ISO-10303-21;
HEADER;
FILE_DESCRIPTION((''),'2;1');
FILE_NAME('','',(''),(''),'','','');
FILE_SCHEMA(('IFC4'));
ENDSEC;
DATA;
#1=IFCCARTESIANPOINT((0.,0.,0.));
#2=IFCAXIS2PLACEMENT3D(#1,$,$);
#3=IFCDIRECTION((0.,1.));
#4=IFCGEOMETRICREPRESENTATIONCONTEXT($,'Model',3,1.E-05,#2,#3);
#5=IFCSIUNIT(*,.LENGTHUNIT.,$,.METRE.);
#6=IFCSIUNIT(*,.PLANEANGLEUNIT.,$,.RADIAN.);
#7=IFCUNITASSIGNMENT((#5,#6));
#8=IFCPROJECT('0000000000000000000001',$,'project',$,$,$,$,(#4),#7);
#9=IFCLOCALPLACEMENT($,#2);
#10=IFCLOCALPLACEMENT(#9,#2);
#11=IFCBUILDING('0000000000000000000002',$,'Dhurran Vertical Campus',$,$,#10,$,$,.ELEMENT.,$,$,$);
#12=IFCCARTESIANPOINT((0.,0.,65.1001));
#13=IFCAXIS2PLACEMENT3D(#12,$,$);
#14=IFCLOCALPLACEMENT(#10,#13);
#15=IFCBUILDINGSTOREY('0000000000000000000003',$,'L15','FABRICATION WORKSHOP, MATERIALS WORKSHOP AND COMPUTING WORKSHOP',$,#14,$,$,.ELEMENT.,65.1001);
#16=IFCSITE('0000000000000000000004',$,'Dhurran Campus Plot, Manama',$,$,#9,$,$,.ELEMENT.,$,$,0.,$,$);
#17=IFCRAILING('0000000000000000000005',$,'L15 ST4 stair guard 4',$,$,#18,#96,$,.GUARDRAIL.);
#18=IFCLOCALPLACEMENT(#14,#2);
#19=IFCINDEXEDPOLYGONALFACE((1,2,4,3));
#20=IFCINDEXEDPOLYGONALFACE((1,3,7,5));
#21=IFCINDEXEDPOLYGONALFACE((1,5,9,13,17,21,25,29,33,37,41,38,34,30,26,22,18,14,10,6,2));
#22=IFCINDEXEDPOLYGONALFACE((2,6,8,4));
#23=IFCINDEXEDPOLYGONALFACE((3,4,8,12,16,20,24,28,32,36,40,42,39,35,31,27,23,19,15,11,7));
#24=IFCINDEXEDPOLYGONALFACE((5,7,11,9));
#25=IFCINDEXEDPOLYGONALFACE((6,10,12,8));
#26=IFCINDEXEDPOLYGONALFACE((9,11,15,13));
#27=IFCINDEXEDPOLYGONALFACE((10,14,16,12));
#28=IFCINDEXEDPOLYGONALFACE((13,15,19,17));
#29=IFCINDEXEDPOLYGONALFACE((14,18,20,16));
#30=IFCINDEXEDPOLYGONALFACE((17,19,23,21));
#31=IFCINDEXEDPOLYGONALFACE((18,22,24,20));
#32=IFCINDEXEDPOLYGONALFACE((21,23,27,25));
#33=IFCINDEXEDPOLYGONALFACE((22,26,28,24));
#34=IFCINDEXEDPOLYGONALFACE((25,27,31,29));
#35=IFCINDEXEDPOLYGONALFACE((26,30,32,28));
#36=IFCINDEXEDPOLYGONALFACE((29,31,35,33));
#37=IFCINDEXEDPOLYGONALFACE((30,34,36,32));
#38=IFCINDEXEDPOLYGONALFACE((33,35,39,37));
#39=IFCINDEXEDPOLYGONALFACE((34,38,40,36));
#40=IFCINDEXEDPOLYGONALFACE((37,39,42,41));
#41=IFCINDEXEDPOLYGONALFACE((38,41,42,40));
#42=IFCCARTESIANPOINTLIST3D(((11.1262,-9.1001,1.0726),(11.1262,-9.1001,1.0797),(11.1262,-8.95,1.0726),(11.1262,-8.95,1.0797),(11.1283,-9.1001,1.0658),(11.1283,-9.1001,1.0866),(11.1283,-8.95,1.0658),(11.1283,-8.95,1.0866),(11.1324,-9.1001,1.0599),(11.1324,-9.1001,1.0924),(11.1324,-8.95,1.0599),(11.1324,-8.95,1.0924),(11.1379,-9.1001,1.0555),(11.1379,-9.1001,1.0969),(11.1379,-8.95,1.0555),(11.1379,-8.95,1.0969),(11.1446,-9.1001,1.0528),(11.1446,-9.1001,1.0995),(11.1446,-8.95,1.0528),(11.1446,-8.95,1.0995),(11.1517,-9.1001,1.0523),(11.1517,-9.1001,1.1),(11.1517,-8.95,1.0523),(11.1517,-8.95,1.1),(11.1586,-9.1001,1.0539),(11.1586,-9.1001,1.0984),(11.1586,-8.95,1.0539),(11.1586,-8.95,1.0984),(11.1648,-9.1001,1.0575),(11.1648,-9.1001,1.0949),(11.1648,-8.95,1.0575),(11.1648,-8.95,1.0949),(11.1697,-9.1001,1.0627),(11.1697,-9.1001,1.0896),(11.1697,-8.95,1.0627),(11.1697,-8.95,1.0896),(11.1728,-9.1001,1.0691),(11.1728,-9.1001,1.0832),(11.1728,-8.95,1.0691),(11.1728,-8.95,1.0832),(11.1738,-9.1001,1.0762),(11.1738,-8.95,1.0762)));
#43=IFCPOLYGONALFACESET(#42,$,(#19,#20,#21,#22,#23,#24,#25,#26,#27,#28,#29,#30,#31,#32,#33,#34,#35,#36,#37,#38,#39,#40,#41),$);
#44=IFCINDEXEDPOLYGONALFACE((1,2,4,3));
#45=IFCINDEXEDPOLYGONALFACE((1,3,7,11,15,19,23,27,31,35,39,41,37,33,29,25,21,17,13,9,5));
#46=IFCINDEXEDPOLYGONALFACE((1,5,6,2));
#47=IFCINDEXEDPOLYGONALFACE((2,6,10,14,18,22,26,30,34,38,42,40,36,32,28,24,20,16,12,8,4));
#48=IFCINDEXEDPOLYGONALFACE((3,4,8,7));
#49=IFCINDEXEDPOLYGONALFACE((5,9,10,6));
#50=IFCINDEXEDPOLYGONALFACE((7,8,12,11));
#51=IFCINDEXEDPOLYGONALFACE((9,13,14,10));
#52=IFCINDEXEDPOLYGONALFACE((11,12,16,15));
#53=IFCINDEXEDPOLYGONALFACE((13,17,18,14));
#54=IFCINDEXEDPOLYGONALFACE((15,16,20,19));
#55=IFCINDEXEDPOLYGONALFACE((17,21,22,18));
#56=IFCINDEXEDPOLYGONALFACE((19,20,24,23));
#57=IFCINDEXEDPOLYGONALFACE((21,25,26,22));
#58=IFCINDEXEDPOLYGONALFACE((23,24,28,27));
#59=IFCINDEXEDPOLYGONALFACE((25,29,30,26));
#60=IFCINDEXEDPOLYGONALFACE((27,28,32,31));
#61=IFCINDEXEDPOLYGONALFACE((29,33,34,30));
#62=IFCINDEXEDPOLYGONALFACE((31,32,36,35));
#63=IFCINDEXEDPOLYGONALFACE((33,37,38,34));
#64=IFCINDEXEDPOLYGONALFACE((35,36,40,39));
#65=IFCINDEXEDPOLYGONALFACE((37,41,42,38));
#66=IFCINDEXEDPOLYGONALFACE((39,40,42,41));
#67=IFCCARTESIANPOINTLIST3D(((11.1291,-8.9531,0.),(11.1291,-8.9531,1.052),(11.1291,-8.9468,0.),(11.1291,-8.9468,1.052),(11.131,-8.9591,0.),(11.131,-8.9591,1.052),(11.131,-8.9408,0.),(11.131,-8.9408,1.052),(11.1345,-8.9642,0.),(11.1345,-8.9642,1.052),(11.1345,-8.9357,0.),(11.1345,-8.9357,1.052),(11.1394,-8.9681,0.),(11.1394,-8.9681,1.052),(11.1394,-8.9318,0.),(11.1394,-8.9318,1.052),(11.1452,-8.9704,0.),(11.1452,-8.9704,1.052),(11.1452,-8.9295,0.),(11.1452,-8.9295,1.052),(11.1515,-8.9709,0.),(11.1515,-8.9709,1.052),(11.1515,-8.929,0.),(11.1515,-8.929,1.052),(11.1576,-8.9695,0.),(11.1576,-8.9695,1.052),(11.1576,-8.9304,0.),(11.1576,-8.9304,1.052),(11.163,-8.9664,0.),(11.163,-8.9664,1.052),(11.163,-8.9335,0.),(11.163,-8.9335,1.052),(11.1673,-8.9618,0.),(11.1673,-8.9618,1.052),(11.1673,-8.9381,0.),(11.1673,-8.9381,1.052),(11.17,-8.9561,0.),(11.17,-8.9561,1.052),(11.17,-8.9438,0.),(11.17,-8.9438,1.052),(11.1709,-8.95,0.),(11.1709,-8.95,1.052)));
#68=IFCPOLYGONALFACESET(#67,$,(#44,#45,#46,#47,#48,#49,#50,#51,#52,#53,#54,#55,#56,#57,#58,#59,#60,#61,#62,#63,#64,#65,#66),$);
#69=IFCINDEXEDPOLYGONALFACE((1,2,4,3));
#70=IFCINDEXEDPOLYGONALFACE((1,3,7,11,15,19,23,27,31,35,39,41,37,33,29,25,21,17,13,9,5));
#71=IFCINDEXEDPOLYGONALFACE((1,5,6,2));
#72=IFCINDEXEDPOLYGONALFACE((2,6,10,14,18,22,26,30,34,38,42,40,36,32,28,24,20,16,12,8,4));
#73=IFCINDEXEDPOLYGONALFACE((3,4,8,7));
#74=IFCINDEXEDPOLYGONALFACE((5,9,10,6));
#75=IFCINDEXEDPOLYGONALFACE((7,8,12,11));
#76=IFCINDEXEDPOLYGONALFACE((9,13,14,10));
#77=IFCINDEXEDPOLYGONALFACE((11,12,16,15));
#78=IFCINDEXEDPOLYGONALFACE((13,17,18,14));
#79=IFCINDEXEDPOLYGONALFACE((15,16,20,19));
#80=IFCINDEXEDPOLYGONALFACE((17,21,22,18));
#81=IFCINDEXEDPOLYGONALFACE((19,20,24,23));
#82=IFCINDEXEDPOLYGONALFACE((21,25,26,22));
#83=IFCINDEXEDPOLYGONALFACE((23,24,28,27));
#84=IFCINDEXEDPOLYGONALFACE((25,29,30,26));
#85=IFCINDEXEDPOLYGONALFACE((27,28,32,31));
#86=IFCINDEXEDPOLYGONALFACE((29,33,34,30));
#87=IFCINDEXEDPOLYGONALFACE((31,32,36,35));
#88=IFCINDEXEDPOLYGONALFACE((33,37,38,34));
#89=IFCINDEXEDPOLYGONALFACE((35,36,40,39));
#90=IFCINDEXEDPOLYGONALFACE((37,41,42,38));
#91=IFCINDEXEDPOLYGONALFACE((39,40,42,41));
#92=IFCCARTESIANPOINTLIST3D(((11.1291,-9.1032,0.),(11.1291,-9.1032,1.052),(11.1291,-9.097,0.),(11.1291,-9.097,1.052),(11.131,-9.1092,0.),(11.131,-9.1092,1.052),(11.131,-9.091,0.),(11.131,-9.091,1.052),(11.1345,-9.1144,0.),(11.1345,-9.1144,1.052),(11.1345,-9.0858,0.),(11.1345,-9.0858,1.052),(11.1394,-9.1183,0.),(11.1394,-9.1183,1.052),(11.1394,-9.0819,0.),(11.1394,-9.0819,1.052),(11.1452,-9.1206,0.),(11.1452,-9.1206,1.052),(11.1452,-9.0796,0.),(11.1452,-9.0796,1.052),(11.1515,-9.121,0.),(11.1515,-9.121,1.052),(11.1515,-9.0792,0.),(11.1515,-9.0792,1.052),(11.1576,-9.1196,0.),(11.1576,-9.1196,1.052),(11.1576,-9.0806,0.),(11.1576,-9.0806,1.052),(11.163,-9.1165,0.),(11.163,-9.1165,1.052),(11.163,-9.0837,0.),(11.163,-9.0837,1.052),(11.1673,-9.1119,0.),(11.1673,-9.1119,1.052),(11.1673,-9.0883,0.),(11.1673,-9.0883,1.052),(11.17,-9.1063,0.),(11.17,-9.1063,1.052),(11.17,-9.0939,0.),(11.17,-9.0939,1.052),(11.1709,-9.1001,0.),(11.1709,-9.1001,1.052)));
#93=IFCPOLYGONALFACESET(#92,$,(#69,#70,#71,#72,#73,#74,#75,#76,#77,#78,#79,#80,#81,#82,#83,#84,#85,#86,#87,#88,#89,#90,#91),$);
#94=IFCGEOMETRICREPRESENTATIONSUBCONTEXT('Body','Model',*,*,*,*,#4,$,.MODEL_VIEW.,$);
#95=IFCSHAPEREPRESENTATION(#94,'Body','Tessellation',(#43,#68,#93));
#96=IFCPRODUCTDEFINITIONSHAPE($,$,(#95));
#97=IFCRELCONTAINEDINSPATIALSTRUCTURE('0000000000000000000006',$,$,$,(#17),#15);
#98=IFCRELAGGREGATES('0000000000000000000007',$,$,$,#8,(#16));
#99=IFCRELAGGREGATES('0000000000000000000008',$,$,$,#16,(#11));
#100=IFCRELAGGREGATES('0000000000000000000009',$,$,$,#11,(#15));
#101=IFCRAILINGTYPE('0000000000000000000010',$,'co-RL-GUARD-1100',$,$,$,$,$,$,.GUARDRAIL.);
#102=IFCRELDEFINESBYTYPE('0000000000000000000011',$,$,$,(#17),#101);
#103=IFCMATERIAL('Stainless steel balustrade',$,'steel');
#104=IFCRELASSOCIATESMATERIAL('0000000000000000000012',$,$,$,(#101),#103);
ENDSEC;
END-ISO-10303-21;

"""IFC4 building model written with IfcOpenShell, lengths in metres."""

from ifc_helpers import new_model, si_unit, direction, frame, origin, origin_2d, place, context, subcontext, project, spatial, circle, extrude, material, type_object, element, save


model = new_model("IFC4")

# Units and contexts
model_context = context("Model", 3, precision=1e-05, world=origin(), true_north=direction((0.0, 1.0)))
body_context = subcontext(model_context, "Body", "Model", "MODEL_VIEW")
ifc_project = project(units=[si_unit("LENGTHUNIT", "METRE"), si_unit("PLANEANGLEUNIT", "RADIAN")], contexts=[model_context])

# Site, building, storey
site_placement = place(None, origin())
site = spatial("IfcSite", under=ifc_project, at=site_placement, Name="Dhurran Campus Plot, Manama", CompositionType="ELEMENT", RefElevation=0.0)
building_placement = place(site_placement, origin())
building = spatial("IfcBuilding", under=site, at=building_placement, Name="Dhurran Vertical Campus", CompositionType="ELEMENT")
storey_placement = place(building_placement, frame((0.0, 0.0, 65.1001)))
storey = spatial("IfcBuildingStorey", under=building, at=storey_placement, Name="L15", Description="FABRICATION WORKSHOP, MATERIALS WORKSHOP AND COMPUTING WORKSHOP", CompositionType="ELEMENT", Elevation=65.1001)

# Railing
ifc_material_1 = material(Name="Stainless steel balustrade", Category="steel")
railing_type_1 = type_object("IfcRailingType", Name="co-RL-GUARD-1100", PredefinedType="GUARDRAIL", material=ifc_material_1)
railing_1_placement = place(storey_placement, frame((11.1499, -8.95, 0.0)))
element("IfcRailing", 1, at=railing_1_placement, inside=storey, type_object=railing_type_1, Name="L15 ST4 stair guard 4", PredefinedType="GUARDRAIL", context=body_context, shape_type="SweptSolid", body=[
    extrude(circle(Radius=0.0239, at=origin_2d()), frame((0.0, 0.0, 1.0762), z_axis=(0.0, -1.0, 0.0), x_axis=(1.0, 0.0, 0.0)), (0.0, 0.0, 1.0), 0.1501),
    extrude(circle(Radius=0.021, at=origin_2d()), origin(), (0.0, 0.0, 1.0), 1.052),
    extrude(circle(Radius=0.021, at=origin_2d()), frame((0.0, -0.1501, 0.0)), (0.0, 0.0, 1.0), 1.052),
])

save(model, "model.ifc")
